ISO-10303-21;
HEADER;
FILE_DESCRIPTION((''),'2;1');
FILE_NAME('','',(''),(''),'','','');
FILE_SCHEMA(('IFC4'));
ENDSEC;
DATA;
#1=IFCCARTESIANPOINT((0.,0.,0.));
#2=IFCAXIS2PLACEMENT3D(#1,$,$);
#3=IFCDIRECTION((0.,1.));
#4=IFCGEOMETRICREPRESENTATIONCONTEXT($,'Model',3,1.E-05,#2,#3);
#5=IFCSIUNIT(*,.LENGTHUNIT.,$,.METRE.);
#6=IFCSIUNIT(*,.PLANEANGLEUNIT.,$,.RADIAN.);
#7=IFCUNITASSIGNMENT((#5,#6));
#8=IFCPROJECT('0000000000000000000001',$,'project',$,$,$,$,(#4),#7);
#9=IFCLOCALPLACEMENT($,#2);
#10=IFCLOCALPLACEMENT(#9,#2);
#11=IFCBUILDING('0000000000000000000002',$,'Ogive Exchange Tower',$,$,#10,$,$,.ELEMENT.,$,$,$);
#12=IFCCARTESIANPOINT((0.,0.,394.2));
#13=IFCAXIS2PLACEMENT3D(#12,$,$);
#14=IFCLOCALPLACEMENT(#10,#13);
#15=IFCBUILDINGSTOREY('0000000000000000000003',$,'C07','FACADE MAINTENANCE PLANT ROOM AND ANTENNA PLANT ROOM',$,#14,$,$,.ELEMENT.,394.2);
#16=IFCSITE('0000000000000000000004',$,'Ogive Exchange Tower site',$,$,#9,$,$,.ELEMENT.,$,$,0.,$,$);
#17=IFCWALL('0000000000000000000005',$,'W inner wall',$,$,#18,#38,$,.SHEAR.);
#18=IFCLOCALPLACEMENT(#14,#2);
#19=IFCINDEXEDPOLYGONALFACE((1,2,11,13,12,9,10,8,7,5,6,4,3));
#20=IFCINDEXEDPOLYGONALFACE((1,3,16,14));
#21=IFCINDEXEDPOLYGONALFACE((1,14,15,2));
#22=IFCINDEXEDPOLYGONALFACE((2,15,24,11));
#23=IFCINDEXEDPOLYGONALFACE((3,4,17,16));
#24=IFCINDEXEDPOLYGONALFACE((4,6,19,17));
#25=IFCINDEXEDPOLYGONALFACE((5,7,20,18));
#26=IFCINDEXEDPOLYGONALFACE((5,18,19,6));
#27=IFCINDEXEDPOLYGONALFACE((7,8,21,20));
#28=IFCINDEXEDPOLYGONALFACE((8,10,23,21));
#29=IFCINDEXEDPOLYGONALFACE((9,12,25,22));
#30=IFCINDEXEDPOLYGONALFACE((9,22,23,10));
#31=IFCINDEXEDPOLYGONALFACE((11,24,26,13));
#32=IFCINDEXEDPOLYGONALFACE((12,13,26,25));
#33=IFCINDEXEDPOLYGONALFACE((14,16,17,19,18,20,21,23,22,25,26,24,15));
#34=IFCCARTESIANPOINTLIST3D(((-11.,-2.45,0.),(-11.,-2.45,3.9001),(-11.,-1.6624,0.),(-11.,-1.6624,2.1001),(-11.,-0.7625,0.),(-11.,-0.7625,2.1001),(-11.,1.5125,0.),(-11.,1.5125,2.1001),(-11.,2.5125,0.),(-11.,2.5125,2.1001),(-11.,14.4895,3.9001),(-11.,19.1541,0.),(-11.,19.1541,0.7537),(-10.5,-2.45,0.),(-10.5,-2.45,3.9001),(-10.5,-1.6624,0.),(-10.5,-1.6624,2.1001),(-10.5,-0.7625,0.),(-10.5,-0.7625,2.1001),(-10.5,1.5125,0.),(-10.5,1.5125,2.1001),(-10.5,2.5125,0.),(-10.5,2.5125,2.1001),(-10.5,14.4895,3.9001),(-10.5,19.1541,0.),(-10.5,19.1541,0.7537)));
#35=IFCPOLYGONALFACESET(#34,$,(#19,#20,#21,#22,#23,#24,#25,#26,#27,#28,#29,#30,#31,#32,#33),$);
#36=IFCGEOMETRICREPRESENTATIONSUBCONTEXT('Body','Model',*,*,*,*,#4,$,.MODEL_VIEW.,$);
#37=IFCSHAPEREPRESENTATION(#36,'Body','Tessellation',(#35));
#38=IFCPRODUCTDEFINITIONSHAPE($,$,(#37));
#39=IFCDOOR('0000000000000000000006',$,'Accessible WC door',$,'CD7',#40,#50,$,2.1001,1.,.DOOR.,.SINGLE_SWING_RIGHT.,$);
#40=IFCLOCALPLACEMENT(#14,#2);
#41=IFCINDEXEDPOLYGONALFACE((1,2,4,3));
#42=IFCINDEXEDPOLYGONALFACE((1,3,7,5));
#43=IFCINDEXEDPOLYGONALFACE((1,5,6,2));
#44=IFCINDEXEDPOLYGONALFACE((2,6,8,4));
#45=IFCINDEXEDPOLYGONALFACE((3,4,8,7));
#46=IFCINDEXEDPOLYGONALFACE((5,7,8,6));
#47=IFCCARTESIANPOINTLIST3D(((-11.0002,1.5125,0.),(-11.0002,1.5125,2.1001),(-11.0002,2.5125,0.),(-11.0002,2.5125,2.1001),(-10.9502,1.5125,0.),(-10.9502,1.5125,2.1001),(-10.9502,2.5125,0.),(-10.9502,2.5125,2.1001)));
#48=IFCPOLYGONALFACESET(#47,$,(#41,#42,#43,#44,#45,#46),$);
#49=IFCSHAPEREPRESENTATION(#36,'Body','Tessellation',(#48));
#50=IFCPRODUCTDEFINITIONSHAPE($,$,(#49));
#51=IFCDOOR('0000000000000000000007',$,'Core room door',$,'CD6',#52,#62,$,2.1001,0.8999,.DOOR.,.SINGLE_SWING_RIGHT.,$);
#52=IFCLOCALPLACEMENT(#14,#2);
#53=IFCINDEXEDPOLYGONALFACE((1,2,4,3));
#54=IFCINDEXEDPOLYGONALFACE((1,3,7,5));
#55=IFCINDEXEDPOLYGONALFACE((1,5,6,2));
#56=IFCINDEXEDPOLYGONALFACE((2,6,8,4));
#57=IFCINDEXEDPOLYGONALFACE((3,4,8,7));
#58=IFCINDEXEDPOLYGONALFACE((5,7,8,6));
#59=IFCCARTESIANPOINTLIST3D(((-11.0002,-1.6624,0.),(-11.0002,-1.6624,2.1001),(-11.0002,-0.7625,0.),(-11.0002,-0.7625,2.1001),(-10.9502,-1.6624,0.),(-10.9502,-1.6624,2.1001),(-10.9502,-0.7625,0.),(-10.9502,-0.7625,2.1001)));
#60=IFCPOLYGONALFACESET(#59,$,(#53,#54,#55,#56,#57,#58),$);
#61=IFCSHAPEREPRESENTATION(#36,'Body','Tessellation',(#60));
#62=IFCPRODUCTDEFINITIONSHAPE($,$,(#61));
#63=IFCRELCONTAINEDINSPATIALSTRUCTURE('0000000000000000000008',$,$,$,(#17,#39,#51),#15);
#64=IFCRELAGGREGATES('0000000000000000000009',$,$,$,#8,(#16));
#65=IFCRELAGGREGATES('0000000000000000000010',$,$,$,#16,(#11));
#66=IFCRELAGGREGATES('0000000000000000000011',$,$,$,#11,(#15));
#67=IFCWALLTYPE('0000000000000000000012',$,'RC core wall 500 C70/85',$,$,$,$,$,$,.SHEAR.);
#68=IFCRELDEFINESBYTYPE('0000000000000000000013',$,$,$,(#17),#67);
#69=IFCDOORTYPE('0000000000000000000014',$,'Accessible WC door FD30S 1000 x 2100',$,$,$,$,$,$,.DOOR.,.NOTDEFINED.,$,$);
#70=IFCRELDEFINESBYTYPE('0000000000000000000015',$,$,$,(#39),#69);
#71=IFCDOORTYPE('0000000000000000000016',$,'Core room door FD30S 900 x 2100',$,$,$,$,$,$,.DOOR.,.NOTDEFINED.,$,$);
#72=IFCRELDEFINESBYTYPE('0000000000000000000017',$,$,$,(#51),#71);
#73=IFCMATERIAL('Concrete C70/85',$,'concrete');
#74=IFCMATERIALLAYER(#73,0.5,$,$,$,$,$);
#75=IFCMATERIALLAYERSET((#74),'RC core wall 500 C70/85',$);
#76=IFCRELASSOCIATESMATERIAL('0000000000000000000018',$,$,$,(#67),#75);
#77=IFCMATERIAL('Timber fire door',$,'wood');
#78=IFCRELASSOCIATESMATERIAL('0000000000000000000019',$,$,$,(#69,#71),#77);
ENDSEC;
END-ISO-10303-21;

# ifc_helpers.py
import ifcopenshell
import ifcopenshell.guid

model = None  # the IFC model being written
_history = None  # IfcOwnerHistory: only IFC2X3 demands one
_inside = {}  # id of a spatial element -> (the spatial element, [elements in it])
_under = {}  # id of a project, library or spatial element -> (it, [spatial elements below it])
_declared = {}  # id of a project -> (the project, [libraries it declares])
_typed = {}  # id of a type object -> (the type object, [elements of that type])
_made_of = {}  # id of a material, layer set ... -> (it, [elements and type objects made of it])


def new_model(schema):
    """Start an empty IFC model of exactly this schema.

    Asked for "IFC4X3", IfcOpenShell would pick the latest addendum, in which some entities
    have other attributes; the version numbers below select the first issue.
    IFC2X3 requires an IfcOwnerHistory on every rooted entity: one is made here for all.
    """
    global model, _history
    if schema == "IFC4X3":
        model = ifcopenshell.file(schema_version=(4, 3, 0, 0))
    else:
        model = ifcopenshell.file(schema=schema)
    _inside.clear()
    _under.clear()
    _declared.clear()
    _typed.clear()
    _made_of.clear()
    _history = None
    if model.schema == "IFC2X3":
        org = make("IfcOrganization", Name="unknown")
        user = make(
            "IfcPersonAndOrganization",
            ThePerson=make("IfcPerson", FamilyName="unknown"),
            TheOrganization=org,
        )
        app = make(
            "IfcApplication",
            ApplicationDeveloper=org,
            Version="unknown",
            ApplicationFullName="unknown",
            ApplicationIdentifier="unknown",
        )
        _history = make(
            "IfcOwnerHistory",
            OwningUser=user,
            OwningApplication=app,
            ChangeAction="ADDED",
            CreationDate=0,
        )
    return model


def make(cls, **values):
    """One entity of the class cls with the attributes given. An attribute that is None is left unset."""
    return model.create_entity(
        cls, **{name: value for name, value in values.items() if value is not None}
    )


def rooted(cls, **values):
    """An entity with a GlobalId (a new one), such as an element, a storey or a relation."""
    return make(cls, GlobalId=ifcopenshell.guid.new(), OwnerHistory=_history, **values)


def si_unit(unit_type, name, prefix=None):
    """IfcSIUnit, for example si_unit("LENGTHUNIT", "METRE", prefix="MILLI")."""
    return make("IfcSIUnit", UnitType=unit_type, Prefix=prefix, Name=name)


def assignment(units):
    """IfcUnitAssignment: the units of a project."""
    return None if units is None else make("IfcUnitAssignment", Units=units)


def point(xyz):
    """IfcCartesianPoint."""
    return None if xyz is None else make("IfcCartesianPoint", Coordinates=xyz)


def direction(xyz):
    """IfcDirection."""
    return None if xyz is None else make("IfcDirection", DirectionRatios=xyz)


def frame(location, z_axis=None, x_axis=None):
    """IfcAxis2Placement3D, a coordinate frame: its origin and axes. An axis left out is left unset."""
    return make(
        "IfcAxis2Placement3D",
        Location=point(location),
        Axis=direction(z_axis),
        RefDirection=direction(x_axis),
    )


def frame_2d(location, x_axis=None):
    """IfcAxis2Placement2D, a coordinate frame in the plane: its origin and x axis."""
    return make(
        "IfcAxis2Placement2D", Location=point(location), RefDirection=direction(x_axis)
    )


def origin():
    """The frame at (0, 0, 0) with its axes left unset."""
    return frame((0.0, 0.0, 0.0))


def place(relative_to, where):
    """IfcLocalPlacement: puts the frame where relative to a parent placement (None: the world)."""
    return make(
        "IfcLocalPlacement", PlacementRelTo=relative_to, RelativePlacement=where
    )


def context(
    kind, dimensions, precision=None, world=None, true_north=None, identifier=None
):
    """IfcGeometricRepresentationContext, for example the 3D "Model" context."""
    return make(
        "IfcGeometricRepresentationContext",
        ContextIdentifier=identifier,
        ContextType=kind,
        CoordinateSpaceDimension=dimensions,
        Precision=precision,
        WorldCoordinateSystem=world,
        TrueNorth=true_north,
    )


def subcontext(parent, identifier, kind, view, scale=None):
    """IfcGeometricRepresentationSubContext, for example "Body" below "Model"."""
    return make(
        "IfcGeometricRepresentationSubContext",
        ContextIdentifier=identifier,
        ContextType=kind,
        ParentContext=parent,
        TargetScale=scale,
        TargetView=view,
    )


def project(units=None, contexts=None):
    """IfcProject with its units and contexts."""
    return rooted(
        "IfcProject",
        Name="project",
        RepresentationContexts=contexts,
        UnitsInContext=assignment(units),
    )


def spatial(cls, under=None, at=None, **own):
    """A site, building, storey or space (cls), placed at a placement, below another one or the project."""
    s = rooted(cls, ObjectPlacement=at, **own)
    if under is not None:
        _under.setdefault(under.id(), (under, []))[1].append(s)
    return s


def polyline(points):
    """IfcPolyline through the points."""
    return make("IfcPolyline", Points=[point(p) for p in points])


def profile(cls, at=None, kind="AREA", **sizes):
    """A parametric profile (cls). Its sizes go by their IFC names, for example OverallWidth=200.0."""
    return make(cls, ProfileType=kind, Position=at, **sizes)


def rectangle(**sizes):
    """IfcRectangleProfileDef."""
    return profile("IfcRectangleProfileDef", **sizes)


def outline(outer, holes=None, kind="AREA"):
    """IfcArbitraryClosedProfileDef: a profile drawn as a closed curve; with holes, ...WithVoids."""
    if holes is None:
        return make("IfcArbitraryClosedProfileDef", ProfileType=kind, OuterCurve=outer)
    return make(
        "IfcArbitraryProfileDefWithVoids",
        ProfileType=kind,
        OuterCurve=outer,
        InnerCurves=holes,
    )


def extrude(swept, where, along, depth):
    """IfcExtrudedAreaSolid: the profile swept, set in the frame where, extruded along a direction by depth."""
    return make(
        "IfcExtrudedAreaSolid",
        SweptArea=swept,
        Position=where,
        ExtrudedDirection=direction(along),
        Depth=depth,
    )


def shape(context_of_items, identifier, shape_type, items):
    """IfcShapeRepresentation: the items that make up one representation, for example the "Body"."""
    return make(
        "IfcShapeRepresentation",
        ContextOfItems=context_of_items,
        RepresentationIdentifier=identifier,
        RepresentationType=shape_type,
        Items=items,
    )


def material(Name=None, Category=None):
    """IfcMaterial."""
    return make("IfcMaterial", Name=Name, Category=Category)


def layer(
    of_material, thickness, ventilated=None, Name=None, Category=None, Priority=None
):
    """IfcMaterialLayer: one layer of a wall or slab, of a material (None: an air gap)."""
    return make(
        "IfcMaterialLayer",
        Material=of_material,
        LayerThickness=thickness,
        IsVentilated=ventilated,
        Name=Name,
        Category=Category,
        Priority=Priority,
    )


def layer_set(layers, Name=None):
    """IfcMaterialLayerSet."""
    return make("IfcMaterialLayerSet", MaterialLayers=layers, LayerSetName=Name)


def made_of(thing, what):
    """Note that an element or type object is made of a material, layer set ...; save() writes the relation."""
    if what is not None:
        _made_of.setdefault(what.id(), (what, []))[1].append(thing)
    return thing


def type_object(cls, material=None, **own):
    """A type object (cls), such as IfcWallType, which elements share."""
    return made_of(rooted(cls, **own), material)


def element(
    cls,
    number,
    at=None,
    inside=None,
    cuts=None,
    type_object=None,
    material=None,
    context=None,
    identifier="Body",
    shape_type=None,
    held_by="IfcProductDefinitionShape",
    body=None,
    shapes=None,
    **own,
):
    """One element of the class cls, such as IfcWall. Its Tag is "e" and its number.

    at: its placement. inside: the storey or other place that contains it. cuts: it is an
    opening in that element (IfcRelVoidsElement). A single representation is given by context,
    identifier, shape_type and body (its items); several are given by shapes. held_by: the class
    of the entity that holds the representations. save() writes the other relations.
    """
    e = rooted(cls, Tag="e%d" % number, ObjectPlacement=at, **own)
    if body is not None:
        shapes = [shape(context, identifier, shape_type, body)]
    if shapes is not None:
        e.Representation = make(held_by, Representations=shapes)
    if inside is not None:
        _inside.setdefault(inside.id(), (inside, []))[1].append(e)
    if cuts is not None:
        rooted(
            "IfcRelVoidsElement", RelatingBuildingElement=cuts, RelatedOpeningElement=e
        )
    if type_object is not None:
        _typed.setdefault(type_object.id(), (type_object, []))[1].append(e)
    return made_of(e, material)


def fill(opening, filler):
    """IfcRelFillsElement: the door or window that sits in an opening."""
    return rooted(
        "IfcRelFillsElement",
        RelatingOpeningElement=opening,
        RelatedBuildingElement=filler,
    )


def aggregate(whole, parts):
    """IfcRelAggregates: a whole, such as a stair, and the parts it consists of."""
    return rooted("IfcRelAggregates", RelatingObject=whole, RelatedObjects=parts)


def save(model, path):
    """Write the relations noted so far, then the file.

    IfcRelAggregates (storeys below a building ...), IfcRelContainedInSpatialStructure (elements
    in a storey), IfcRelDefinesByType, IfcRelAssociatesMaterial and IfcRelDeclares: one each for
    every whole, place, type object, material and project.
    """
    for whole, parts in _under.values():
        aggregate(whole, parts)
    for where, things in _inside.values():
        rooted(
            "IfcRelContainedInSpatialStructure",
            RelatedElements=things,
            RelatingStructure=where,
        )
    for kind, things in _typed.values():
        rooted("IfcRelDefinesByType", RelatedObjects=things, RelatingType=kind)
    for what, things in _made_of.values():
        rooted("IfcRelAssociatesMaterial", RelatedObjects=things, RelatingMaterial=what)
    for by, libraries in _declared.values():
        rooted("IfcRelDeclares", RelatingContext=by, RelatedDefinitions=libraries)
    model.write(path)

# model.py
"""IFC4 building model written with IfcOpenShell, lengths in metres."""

from ifc_helpers import new_model, si_unit, direction, frame, frame_2d, origin, place, context, subcontext, project, spatial, polyline, rectangle, outline, extrude, material, layer, layer_set, type_object, element, fill, save


model = new_model("IFC4")

# Units and contexts
model_context = context("Model", 3, precision=1e-05, world=origin(), true_north=direction((0.0, 1.0)))
body_context = subcontext(model_context, "Body", "Model", "MODEL_VIEW")
ifc_project = project(units=[si_unit("LENGTHUNIT", "METRE"), si_unit("PLANEANGLEUNIT", "RADIAN")], contexts=[model_context])

# Site, building, storey
site_placement = place(None, origin())
site = spatial("IfcSite", under=ifc_project, at=site_placement, Name="Ogive Exchange Tower site", CompositionType="ELEMENT", RefElevation=0.0)
building_placement = place(site_placement, origin())
building = spatial("IfcBuilding", under=site, at=building_placement, Name="Ogive Exchange Tower", CompositionType="ELEMENT")
storey_placement = place(building_placement, frame((0.0, 0.0, 394.2)))
storey = spatial("IfcBuildingStorey", under=building, at=storey_placement, Name="C07", Description="FACADE MAINTENANCE PLANT ROOM AND ANTENNA PLANT ROOM", CompositionType="ELEMENT", Elevation=394.2)

# Wall, openings, doors
ifc_material_1 = material(Name="Concrete C70/85", Category="concrete")
ifc_layer_1 = layer(ifc_material_1, 0.5)
ifc_layer_set_1 = layer_set([ifc_layer_1], Name="RC core wall 500 C70/85")
wall_type_1 = type_object("IfcWallType", Name="RC core wall 500 C70/85", PredefinedType="SHEAR", material=ifc_layer_set_1)
wall_1_placement = place(storey_placement, frame((-10.75, -2.45, 0.0), z_axis=(0.0, 0.0, 1.0), x_axis=(0.0, 1.0, 0.0)))
wall_1 = element("IfcWall", 1, at=wall_1_placement, inside=storey, type_object=wall_type_1, Name="W inner wall", PredefinedType="SHEAR", context=body_context, shape_type="SweptSolid", body=[
    extrude(outline(polyline([(0.0, 0.0), (21.604, 0.0), (21.604, 0.7537), (16.9395, 3.9001), (0.0, 3.9001), (0.0, 0.0)])), frame((0.0, 0.25, 0.0), z_axis=(0.0, -1.0, 0.0), x_axis=(1.0, 0.0, 0.0)), (0.0, 0.0, 1.0), 0.5),
])
opening_1_placement = place(wall_1_placement, frame((0.7876, 0.0, 0.0)))
opening_1 = element("IfcOpeningElement", 2, at=opening_1_placement, cuts=wall_1, PredefinedType="OPENING", context=body_context, shape_type="SweptSolid", body=[
    extrude(rectangle(XDim=0.8999, YDim=2.1001, at=frame_2d((0.45, 1.05))), frame((0.0, 0.26, 0.0), z_axis=(0.0, -1.0, 0.0), x_axis=(1.0, 0.0, 0.0)), (0.0, 0.0, 1.0), 0.52),
])
opening_2_placement = place(wall_1_placement, frame((3.9624, 0.0, 0.0)))
opening_2 = element("IfcOpeningElement", 3, at=opening_2_placement, cuts=wall_1, PredefinedType="OPENING", context=body_context, shape_type="SweptSolid", body=[
    extrude(rectangle(XDim=1.0, YDim=2.1001, at=frame_2d((0.5, 1.05))), frame((0.0, 0.26, 0.0), z_axis=(0.0, -1.0, 0.0), x_axis=(1.0, 0.0, 0.0)), (0.0, 0.0, 1.0), 0.52),
])
ifc_material_2 = material(Name="Timber fire door", Category="wood")
door_type_1 = type_object("IfcDoorType", Name="Accessible WC door FD30S 1000 x 2100", OperationType="NOTDEFINED", PredefinedType="DOOR", material=ifc_material_2)
door_1_placement = place(opening_2_placement, frame((1.0, 0.4502, 0.0), z_axis=(0.0, 0.0, 1.0), x_axis=(-1.0, 0.0, 0.0)))
door_1 = element("IfcDoor", 4, at=door_1_placement, inside=storey, type_object=door_type_1, Name="Accessible WC door", ObjectType="CD7", OperationType="SINGLE_SWING_RIGHT", OverallHeight=2.1001, OverallWidth=1.0, PredefinedType="DOOR", context=body_context, shape_type="SweptSolid", body=[
    extrude(rectangle(XDim=1.0, YDim=2.1001, at=frame_2d((0.5, 1.05))), frame((0.0, 0.25, 0.0), z_axis=(0.0, -1.0, 0.0), x_axis=(1.0, 0.0, 0.0)), (0.0, 0.0, 1.0), 0.05),
])
fill(opening_2, door_1)
door_type_2 = type_object("IfcDoorType", Name="Core room door FD30S 900 x 2100", OperationType="NOTDEFINED", PredefinedType="DOOR", material=ifc_material_2)
door_2_placement = place(opening_1_placement, frame((0.8999, 0.4502, 0.0), z_axis=(0.0, 0.0, 1.0), x_axis=(-1.0, 0.0, 0.0)))
door_2 = element("IfcDoor", 5, at=door_2_placement, inside=storey, type_object=door_type_2, Name="Core room door", ObjectType="CD6", OperationType="SINGLE_SWING_RIGHT", OverallHeight=2.1001, OverallWidth=0.8999, PredefinedType="DOOR", context=body_context, shape_type="SweptSolid", body=[
    extrude(rectangle(XDim=0.8999, YDim=2.1001, at=frame_2d((0.45, 1.05))), frame((0.0, 0.25, 0.0), z_axis=(0.0, -1.0, 0.0), x_axis=(1.0, 0.0, 0.0)), (0.0, 0.0, 1.0), 0.05),
])
fill(opening_1, door_2)

save(model, "model.ifc")
